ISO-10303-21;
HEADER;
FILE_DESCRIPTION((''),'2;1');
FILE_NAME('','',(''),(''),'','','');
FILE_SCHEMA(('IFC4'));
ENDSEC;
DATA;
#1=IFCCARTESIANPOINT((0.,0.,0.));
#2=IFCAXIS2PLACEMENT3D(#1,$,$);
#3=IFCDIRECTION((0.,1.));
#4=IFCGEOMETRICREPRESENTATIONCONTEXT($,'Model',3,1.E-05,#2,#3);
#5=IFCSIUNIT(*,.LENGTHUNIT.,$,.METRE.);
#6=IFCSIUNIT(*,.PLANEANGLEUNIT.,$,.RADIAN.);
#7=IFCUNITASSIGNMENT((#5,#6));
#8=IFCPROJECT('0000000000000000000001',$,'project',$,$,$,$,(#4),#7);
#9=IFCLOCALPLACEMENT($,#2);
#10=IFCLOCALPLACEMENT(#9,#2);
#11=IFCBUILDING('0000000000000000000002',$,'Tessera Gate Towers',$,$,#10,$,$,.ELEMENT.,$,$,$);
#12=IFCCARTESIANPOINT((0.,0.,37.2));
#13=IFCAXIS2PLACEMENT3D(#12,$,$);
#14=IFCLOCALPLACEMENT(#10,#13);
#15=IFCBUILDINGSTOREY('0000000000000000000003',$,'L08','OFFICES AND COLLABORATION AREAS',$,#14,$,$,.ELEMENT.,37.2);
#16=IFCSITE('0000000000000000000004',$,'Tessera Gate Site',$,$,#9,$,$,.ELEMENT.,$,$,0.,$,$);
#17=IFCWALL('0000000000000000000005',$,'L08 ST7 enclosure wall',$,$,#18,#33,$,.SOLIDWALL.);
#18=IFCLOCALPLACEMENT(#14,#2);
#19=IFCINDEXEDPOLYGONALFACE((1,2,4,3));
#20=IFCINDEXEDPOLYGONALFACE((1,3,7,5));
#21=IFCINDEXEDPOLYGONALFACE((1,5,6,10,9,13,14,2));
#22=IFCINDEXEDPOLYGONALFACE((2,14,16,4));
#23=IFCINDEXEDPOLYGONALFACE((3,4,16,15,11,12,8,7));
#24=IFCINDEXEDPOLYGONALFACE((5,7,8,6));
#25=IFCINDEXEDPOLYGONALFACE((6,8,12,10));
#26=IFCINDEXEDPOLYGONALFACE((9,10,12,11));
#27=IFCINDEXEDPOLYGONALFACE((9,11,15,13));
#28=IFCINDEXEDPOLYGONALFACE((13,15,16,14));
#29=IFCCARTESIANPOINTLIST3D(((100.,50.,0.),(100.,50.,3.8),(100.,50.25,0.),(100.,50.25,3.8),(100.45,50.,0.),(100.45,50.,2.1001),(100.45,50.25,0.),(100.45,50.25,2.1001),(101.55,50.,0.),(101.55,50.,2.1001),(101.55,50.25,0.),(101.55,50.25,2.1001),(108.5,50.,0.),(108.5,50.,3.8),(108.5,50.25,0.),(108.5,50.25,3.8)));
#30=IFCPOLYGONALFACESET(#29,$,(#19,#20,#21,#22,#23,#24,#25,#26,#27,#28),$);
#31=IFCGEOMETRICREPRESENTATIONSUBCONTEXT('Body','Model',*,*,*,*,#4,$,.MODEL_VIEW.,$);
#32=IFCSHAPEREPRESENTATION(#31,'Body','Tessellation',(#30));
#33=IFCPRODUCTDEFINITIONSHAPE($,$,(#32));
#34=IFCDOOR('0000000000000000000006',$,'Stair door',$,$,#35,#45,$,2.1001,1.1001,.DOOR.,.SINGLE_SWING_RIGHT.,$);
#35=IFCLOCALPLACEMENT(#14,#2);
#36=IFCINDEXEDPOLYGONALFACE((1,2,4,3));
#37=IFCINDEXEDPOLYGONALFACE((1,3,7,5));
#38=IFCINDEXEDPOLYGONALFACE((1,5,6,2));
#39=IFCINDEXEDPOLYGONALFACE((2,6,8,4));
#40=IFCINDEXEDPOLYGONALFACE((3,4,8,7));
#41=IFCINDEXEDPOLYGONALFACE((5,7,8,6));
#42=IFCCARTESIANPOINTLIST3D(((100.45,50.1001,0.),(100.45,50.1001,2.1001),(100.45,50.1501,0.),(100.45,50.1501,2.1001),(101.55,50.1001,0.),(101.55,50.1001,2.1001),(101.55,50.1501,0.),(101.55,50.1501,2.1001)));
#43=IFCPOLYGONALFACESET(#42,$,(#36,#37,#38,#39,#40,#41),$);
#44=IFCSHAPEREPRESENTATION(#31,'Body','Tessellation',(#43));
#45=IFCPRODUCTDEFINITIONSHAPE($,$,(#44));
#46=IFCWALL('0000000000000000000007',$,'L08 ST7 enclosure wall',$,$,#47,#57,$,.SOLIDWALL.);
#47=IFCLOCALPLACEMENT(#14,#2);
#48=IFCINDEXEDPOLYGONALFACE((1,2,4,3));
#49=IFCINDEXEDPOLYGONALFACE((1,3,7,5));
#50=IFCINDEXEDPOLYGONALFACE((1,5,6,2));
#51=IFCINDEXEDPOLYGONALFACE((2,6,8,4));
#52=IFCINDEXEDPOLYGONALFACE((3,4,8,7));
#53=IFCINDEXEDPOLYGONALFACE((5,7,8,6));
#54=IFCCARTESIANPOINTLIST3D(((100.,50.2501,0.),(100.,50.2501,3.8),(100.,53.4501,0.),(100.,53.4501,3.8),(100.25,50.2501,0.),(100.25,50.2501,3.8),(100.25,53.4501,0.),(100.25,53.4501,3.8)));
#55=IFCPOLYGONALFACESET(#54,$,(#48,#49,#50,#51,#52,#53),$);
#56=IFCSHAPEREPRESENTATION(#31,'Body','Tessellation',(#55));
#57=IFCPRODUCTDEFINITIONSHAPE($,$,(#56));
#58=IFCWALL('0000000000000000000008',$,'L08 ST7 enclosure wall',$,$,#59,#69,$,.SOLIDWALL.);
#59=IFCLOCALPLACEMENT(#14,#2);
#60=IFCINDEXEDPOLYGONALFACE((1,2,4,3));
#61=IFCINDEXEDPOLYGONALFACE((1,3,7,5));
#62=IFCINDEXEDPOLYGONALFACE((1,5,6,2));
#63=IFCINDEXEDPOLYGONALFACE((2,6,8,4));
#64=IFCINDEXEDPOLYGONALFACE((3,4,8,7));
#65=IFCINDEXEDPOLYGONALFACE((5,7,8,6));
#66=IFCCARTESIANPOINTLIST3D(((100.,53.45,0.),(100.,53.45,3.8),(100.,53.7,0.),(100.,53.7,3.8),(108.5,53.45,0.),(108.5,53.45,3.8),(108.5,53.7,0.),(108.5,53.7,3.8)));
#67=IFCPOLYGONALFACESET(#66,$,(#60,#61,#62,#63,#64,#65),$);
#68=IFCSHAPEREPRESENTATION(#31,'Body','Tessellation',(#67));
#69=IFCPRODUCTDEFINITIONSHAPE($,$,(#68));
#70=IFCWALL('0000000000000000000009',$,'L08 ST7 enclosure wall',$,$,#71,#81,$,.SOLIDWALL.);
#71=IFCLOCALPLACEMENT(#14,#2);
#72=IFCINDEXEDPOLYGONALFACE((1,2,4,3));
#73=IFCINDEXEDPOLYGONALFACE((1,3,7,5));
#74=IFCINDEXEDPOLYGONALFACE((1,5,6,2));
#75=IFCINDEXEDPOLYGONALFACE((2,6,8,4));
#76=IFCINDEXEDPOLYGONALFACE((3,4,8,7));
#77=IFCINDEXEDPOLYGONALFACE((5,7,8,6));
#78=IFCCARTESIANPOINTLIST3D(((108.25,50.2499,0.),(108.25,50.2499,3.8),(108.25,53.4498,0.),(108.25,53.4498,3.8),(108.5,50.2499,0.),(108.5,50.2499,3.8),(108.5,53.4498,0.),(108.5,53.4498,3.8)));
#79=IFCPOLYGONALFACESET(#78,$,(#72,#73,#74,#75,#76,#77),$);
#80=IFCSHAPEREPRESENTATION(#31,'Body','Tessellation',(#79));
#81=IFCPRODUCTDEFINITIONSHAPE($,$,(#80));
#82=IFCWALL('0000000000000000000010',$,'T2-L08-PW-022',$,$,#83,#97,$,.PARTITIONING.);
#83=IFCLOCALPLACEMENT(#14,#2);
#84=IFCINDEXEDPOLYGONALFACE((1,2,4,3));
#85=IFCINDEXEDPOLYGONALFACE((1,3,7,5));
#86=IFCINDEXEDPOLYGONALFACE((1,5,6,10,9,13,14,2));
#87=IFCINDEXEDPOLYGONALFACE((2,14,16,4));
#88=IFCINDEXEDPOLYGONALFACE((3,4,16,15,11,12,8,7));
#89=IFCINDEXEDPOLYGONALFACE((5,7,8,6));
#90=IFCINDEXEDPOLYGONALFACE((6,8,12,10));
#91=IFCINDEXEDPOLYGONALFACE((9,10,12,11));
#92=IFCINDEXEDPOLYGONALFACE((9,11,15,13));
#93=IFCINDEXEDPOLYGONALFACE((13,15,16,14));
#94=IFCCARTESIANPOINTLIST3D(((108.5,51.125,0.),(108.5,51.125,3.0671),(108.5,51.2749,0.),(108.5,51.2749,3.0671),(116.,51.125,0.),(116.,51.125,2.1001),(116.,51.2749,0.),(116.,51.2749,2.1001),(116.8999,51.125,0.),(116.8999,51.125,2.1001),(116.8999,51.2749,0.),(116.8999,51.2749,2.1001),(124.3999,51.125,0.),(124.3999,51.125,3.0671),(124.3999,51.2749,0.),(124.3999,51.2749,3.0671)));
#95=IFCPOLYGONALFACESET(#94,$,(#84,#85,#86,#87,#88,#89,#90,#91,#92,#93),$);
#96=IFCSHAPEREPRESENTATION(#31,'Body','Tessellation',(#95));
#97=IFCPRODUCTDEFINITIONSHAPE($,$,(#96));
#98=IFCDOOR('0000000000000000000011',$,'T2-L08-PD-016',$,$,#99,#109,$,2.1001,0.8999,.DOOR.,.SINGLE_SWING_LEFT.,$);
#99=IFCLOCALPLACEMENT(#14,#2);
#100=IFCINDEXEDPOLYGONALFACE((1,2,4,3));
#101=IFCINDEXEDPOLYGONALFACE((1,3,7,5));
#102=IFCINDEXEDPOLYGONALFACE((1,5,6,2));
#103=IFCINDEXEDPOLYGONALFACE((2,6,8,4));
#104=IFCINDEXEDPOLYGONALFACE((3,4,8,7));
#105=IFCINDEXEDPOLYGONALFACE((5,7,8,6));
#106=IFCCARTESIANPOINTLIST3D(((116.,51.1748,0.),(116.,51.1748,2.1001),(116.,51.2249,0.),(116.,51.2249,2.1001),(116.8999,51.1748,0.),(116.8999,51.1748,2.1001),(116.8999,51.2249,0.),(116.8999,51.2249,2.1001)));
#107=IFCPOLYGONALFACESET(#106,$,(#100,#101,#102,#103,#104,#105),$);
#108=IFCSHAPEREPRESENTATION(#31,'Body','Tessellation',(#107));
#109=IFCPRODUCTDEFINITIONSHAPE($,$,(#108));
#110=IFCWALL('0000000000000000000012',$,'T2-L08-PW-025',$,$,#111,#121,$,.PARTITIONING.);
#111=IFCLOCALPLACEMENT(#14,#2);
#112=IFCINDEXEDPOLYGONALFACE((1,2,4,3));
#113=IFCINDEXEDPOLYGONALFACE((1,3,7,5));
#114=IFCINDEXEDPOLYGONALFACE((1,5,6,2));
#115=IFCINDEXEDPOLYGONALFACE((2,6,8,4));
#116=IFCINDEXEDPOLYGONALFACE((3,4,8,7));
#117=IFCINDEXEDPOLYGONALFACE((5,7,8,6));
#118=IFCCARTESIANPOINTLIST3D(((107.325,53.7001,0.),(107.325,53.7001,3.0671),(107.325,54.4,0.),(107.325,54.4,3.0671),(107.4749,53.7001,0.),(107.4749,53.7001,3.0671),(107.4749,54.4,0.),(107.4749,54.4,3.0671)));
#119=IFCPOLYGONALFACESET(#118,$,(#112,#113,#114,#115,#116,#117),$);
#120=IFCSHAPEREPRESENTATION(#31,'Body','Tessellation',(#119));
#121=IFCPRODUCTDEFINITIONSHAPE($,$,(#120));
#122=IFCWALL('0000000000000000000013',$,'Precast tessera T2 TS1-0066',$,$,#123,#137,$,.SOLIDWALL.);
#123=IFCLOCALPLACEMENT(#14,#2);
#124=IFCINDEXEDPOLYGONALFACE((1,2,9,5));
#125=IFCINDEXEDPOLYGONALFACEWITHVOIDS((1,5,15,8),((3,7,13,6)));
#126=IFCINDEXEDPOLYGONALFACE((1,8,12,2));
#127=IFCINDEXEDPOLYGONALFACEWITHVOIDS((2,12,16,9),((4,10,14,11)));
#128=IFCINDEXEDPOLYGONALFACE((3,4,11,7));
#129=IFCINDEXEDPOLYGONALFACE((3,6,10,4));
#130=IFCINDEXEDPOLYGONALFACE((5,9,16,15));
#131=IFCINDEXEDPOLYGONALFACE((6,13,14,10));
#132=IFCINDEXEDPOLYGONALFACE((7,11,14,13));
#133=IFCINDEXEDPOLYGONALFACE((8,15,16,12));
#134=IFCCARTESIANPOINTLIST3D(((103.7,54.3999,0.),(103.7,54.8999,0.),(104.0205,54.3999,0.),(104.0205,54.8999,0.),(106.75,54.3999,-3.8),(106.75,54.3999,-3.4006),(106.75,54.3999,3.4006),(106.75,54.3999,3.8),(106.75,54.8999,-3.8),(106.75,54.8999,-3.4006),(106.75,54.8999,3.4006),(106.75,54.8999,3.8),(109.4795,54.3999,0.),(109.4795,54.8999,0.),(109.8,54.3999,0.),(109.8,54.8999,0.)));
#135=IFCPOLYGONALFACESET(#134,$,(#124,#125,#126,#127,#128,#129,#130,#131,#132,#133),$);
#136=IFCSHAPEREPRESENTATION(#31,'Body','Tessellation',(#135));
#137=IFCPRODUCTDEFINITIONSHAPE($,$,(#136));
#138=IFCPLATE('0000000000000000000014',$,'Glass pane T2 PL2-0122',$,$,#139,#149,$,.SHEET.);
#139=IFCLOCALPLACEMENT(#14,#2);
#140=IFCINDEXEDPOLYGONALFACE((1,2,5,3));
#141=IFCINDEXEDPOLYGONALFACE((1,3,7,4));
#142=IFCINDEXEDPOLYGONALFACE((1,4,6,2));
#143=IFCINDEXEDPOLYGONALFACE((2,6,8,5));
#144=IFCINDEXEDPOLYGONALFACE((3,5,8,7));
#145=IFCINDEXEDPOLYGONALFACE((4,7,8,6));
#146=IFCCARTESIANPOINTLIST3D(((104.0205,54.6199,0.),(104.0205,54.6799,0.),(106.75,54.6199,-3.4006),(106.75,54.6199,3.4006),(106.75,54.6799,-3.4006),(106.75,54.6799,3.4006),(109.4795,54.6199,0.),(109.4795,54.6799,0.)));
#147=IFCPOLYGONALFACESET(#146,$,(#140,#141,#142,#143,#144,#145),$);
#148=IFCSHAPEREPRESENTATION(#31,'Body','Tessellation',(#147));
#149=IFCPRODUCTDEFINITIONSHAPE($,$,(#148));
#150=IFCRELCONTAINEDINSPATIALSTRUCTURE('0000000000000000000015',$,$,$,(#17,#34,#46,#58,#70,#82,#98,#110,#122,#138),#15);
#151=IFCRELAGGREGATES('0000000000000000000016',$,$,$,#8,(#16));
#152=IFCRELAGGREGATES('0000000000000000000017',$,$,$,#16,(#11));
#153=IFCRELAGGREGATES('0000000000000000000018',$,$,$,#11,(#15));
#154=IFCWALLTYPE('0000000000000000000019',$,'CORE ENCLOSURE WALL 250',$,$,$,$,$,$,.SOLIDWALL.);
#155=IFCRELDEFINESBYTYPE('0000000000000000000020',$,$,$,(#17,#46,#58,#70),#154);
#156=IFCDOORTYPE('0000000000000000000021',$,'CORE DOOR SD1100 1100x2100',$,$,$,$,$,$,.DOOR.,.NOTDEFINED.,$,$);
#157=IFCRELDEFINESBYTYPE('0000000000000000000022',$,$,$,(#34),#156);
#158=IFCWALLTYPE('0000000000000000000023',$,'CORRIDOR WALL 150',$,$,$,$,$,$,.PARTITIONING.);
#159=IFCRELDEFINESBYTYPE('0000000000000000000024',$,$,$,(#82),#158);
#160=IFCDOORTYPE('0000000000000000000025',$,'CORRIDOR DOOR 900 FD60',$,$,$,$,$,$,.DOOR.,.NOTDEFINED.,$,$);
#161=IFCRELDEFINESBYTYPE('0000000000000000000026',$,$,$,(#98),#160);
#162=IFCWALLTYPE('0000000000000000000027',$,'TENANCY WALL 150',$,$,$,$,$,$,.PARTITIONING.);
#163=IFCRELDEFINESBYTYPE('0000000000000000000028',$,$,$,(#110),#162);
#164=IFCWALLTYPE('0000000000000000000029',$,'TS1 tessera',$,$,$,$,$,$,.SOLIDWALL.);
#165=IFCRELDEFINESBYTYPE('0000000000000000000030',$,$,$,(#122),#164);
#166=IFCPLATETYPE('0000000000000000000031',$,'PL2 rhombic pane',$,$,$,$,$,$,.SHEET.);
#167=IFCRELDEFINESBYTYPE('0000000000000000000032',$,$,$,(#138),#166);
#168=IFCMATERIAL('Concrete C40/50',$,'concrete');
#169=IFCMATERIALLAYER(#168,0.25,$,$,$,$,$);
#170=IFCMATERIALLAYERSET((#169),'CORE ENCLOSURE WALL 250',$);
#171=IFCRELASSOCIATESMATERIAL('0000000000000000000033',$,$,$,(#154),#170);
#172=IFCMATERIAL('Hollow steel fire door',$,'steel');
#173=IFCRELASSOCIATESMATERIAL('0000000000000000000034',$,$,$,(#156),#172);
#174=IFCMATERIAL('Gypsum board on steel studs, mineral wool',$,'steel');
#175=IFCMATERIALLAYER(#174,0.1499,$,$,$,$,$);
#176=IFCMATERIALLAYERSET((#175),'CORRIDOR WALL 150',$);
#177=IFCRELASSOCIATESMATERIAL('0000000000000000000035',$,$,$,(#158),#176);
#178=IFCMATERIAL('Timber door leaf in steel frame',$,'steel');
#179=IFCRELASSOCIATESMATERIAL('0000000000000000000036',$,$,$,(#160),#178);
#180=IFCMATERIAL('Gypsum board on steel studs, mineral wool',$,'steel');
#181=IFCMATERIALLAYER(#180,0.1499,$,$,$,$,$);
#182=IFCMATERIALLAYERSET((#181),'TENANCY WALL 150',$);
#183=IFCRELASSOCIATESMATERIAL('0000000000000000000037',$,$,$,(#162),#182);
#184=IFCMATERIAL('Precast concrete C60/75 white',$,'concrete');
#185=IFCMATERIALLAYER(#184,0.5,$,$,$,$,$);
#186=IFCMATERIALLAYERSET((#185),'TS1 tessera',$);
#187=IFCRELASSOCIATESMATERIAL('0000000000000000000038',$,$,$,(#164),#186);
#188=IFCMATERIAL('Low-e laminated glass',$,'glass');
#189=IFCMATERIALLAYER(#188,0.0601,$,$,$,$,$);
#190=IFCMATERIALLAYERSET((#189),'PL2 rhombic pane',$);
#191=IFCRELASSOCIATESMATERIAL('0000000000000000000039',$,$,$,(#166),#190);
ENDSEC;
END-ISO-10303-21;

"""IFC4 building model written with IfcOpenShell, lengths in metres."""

from ifc_helpers import new_model, si_unit, direction, frame, frame_2d, origin, place, context, subcontext, project, spatial, polyline, rectangle, outline, extrude, source, transform, mapped, material, layer, layer_set, type_object, element, fill, save


model = new_model("IFC4")

# Units and contexts
model_context = context("Model", 3, precision=1e-05, world=origin(), true_north=direction((0.0, 1.0)))
body_context = subcontext(model_context, "Body", "Model", "MODEL_VIEW")
ifc_project = project(units=[si_unit("LENGTHUNIT", "METRE"), si_unit("PLANEANGLEUNIT", "RADIAN")], contexts=[model_context])

# Site, building, storey
site_placement = place(None, origin())
site = spatial("IfcSite", under=ifc_project, at=site_placement, Name="Tessera Gate Site", CompositionType="ELEMENT", RefElevation=0.0)
building_placement = place(site_placement, origin())
building = spatial("IfcBuilding", under=site, at=building_placement, Name="Tessera Gate Towers", CompositionType="ELEMENT")
storey_placement = place(building_placement, frame((0.0, 0.0, 37.2)))
storey = spatial("IfcBuildingStorey", under=building, at=storey_placement, Name="L08", Description="OFFICES AND COLLABORATION AREAS", CompositionType="ELEMENT", Elevation=37.2)

# Wall, opening, door
ifc_material_1 = material(Name="Concrete C40/50", Category="concrete")
ifc_layer_1 = layer(ifc_material_1, 0.25)
ifc_layer_set_1 = layer_set([ifc_layer_1], Name="CORE ENCLOSURE WALL 250")
wall_type_1 = type_object("IfcWallType", Name="CORE ENCLOSURE WALL 250", PredefinedType="SOLIDWALL", material=ifc_layer_set_1)
wall_1_placement = place(storey_placement, frame((108.5, 50.125, 0.0), z_axis=(0.0, 0.0, 1.0), x_axis=(-1.0, 0.0, 0.0)))
wall_1 = element("IfcWall", 1, at=wall_1_placement, inside=storey, type_object=wall_type_1, Name="L08 ST7 enclosure wall", PredefinedType="SOLIDWALL", context=body_context, shape_type="SweptSolid", body=[
    extrude(rectangle(XDim=8.5, YDim=0.25, at=frame_2d((4.25, 0.0))), origin(), (0.0, 0.0, 1.0), 3.8),
])
shared_shape_1 = source(origin(), body_context, "Body", "SweptSolid", [
    extrude(rectangle(XDim=1.1001, YDim=2.1001, at=frame_2d((0.55, 1.05))), frame((0.0, 0.135, 0.0), z_axis=(0.0, -1.0, 0.0), x_axis=(1.0, 0.0, 0.0)), (0.0, 0.0, 1.0), 0.27),
])
opening_1_placement = place(wall_1_placement, frame((6.95, 0.0, 0.0)))
opening_1 = element("IfcOpeningElement", 2, at=opening_1_placement, cuts=wall_1, PredefinedType="OPENING", context=body_context, shape_type="MappedRepresentation", body=[
    mapped(shared_shape_1, transform((0.0, 0.0, 0.0), scale=1.0)),
])
ifc_material_2 = material(Name="Hollow steel fire door", Category="steel")
door_type_1 = type_object("IfcDoorType", Name="CORE DOOR SD1100 1100x2100", OperationType="NOTDEFINED", PredefinedType="DOOR", material=ifc_material_2)
shared_shape_2 = source(origin(), body_context, "Body", "SweptSolid", [
    extrude(rectangle(XDim=1.1001, YDim=2.1001, at=frame_2d((0.55, 1.05))), frame((0.0, 0.0249, 0.0), z_axis=(0.0, -1.0, 0.0), x_axis=(1.0, 0.0, 0.0)), (0.0, 0.0, 1.0), 0.05),
])
door_1_placement = place(opening_1_placement, origin())
door_1 = element("IfcDoor", 3, at=door_1_placement, inside=storey, type_object=door_type_1, Name="Stair door", OperationType="SINGLE_SWING_RIGHT", OverallHeight=2.1001, OverallWidth=1.1001, PredefinedType="DOOR", context=body_context, shape_type="MappedRepresentation", body=[
    mapped(shared_shape_2, transform((0.0, 0.0, 0.0), scale=1.0)),
])
fill(opening_1, door_1)

# Walls
wall_2_placement = place(storey_placement, frame((100.125, 50.25, 0.0), z_axis=(0.0, 0.0, 1.0), x_axis=(0.0, 1.0, 0.0)))
element("IfcWall", 4, at=wall_2_placement, inside=storey, type_object=wall_type_1, Name="L08 ST7 enclosure wall", PredefinedType="SOLIDWALL", context=body_context, shape_type="SweptSolid", body=[
    extrude(rectangle(XDim=3.2, YDim=0.25, at=frame_2d((1.6001, 0.0))), origin(), (0.0, 0.0, 1.0), 3.8),
])
wall_3_placement = place(storey_placement, frame((100.0, 53.575, 0.0), z_axis=(0.0, 0.0, 1.0), x_axis=(1.0, 0.0, 0.0)))
element("IfcWall", 5, at=wall_3_placement, inside=storey, type_object=wall_type_1, Name="L08 ST7 enclosure wall", PredefinedType="SOLIDWALL", context=body_context, shape_type="SweptSolid", body=[
    extrude(rectangle(XDim=8.5, YDim=0.25, at=frame_2d((4.25, 0.0))), origin(), (0.0, 0.0, 1.0), 3.8),
])
wall_4_placement = place(storey_placement, frame((108.375, 53.45, 0.0), z_axis=(0.0, 0.0, 1.0), x_axis=(0.0, -1.0, 0.0)))
element("IfcWall", 6, at=wall_4_placement, inside=storey, type_object=wall_type_1, Name="L08 ST7 enclosure wall", PredefinedType="SOLIDWALL", context=body_context, shape_type="SweptSolid", body=[
    extrude(rectangle(XDim=3.2, YDim=0.25, at=frame_2d((1.6001, 0.0))), origin(), (0.0, 0.0, 1.0), 3.8),
])

# Wall, opening, door
ifc_material_3 = material(Name="Gypsum board on steel studs, mineral wool", Category="steel")
ifc_layer_2 = layer(ifc_material_3, 0.1499)
ifc_layer_set_2 = layer_set([ifc_layer_2], Name="CORRIDOR WALL 150")
wall_type_2 = type_object("IfcWallType", Name="CORRIDOR WALL 150", PredefinedType="PARTITIONING", material=ifc_layer_set_2)
wall_5_placement = place(storey_placement, frame((108.5, 51.2, 0.0), z_axis=(0.0, 0.0, 1.0), x_axis=(1.0, 0.0, 0.0)))
wall_5 = element("IfcWall", 7, at=wall_5_placement, inside=storey, type_object=wall_type_2, Name="T2-L08-PW-022", PredefinedType="PARTITIONING", context=body_context, shape_type="SweptSolid", body=[
    extrude(rectangle(XDim=15.8999, YDim=0.1499, at=frame_2d((7.95, 0.0))), origin(), (0.0, 0.0, 1.0), 3.0671),
])
shared_shape_3 = source(origin(), body_context, "Body", "SweptSolid", [
    extrude(rectangle(XDim=0.8999, YDim=2.1001, at=frame_2d((0.45, 1.05))), frame((0.0, 0.085, 0.0), z_axis=(0.0, -1.0, 0.0), x_axis=(1.0, 0.0, 0.0)), (0.0, 0.0, 1.0), 0.1699),
])
opening_2_placement = place(wall_5_placement, frame((7.5, 0.0, 0.0)))
opening_2 = element("IfcOpeningElement", 8, at=opening_2_placement, cuts=wall_5, PredefinedType="OPENING", context=body_context, shape_type="MappedRepresentation", body=[
    mapped(shared_shape_3, transform((0.0, 0.0, 0.0), scale=1.0)),
])
ifc_material_4 = material(Name="Timber door leaf in steel frame", Category="steel")
door_type_2 = type_object("IfcDoorType", Name="CORRIDOR DOOR 900 FD60", OperationType="NOTDEFINED", PredefinedType="DOOR", material=ifc_material_4)
shared_shape_4 = source(origin(), body_context, "Body", "SweptSolid", [
    extrude(rectangle(XDim=0.8999, YDim=2.1001, at=frame_2d((0.45, 1.05))), frame((0.0, 0.0249, 0.0), z_axis=(0.0, -1.0, 0.0), x_axis=(1.0, 0.0, 0.0)), (0.0, 0.0, 1.0), 0.05),
])
door_2_placement = place(opening_2_placement, origin())
door_2 = element("IfcDoor", 9, at=door_2_placement, inside=storey, type_object=door_type_2, Name="T2-L08-PD-016", OperationType="SINGLE_SWING_LEFT", OverallHeight=2.1001, OverallWidth=0.8999, PredefinedType="DOOR", context=body_context, shape_type="MappedRepresentation", body=[
    mapped(shared_shape_4, transform((0.0, 0.0, 0.0), scale=1.0)),
])
fill(opening_2, door_2)

# Wall
ifc_material_5 = material(Name="Gypsum board on steel studs, mineral wool", Category="steel")
ifc_layer_3 = layer(ifc_material_5, 0.1499)
ifc_layer_set_3 = layer_set([ifc_layer_3], Name="TENANCY WALL 150")
wall_type_3 = type_object("IfcWallType", Name="TENANCY WALL 150", PredefinedType="PARTITIONING", material=ifc_layer_set_3)
wall_6_placement = place(storey_placement, frame((107.3999, 53.7, 0.0), z_axis=(0.0, 0.0, 1.0), x_axis=(0.0, 1.0, 0.0)))
element("IfcWall", 10, at=wall_6_placement, inside=storey, type_object=wall_type_3, Name="T2-L08-PW-025", PredefinedType="PARTITIONING", context=body_context, shape_type="SweptSolid", body=[
    extrude(rectangle(XDim=0.7, YDim=0.1499, at=frame_2d((0.3501, 0.0))), origin(), (0.0, 0.0, 1.0), 3.0671),
])

# Wall, opening, plate
ifc_material_6 = material(Name="Precast concrete C60/75 white", Category="concrete")
ifc_layer_4 = layer(ifc_material_6, 0.5)
ifc_layer_set_4 = layer_set([ifc_layer_4], Name="TS1 tessera")
wall_type_4 = type_object("IfcWallType", Name="TS1 tessera", PredefinedType="SOLIDWALL", material=ifc_layer_set_4)
shared_shape_5 = source(origin(), body_context, "Body", "SweptSolid", [
    extrude(outline(polyline([(3.05, 0.0), (6.1001, 3.8), (3.05, 7.6001), (0.0, 3.8), (3.05, 0.0)])), frame((0.0, 0.25, 0.0), z_axis=(0.0, -1.0, 0.0), x_axis=(1.0, 0.0, 0.0)), (0.0, 0.0, 1.0), 0.5),
])
wall_7_placement = place(storey_placement, frame((109.8, 54.6499, -3.8), z_axis=(0.0, 0.0, 1.0), x_axis=(-1.0, 0.0, 0.0)))
wall_7 = element("IfcWall", 11, at=wall_7_placement, inside=storey, type_object=wall_type_4, Name="Precast tessera T2 TS1-0066", PredefinedType="SOLIDWALL", context=body_context, shape_type="MappedRepresentation", body=[
    mapped(shared_shape_5, transform((0.0, 0.0, 0.0), scale=1.0)),
])
shared_shape_6 = source(origin(), body_context, "Body", "SweptSolid", [
    extrude(outline(polyline([(3.05, 0.3994), (5.7795, 3.8), (3.05, 7.2007), (0.3206, 3.8), (3.05, 0.3994)])), frame((0.0, 0.26, 0.0), z_axis=(0.0, -1.0, 0.0), x_axis=(1.0, 0.0, 0.0)), (0.0, 0.0, 1.0), 0.52),
])
opening_3_placement = place(wall_7_placement, origin())
opening_3 = element("IfcOpeningElement", 12, at=opening_3_placement, cuts=wall_7, PredefinedType="OPENING", context=body_context, shape_type="MappedRepresentation", body=[
    mapped(shared_shape_6, transform((0.0, 0.0, 0.0), scale=1.0)),
])
ifc_material_7 = material(Name="Low-e laminated glass", Category="glass")
ifc_layer_5 = layer(ifc_material_7, 0.0601)
ifc_layer_set_5 = layer_set([ifc_layer_5], Name="PL2 rhombic pane")
plate_type = type_object("IfcPlateType", Name="PL2 rhombic pane", PredefinedType="SHEET", material=ifc_layer_set_5)
shared_shape_7 = source(origin(), body_context, "Body", "SweptSolid", [
    extrude(outline(polyline([(3.05, 0.3994), (5.7795, 3.8), (3.05, 7.2007), (0.3206, 3.8), (3.05, 0.3994)])), frame((0.0, 0.03, 0.0), z_axis=(0.0, -1.0, 0.0), x_axis=(1.0, 0.0, 0.0)), (0.0, 0.0, 1.0), 0.0601),
])
plate_placement = place(opening_3_placement, origin())
plate = element("IfcPlate", 13, at=plate_placement, inside=storey, type_object=plate_type, Name="Glass pane T2 PL2-0122", PredefinedType="SHEET", context=body_context, shape_type="MappedRepresentation", body=[
    mapped(shared_shape_7, transform((0.0, 0.0, 0.0), scale=1.0)),
])
fill(opening_3, plate)

save(model, "model.ifc")
